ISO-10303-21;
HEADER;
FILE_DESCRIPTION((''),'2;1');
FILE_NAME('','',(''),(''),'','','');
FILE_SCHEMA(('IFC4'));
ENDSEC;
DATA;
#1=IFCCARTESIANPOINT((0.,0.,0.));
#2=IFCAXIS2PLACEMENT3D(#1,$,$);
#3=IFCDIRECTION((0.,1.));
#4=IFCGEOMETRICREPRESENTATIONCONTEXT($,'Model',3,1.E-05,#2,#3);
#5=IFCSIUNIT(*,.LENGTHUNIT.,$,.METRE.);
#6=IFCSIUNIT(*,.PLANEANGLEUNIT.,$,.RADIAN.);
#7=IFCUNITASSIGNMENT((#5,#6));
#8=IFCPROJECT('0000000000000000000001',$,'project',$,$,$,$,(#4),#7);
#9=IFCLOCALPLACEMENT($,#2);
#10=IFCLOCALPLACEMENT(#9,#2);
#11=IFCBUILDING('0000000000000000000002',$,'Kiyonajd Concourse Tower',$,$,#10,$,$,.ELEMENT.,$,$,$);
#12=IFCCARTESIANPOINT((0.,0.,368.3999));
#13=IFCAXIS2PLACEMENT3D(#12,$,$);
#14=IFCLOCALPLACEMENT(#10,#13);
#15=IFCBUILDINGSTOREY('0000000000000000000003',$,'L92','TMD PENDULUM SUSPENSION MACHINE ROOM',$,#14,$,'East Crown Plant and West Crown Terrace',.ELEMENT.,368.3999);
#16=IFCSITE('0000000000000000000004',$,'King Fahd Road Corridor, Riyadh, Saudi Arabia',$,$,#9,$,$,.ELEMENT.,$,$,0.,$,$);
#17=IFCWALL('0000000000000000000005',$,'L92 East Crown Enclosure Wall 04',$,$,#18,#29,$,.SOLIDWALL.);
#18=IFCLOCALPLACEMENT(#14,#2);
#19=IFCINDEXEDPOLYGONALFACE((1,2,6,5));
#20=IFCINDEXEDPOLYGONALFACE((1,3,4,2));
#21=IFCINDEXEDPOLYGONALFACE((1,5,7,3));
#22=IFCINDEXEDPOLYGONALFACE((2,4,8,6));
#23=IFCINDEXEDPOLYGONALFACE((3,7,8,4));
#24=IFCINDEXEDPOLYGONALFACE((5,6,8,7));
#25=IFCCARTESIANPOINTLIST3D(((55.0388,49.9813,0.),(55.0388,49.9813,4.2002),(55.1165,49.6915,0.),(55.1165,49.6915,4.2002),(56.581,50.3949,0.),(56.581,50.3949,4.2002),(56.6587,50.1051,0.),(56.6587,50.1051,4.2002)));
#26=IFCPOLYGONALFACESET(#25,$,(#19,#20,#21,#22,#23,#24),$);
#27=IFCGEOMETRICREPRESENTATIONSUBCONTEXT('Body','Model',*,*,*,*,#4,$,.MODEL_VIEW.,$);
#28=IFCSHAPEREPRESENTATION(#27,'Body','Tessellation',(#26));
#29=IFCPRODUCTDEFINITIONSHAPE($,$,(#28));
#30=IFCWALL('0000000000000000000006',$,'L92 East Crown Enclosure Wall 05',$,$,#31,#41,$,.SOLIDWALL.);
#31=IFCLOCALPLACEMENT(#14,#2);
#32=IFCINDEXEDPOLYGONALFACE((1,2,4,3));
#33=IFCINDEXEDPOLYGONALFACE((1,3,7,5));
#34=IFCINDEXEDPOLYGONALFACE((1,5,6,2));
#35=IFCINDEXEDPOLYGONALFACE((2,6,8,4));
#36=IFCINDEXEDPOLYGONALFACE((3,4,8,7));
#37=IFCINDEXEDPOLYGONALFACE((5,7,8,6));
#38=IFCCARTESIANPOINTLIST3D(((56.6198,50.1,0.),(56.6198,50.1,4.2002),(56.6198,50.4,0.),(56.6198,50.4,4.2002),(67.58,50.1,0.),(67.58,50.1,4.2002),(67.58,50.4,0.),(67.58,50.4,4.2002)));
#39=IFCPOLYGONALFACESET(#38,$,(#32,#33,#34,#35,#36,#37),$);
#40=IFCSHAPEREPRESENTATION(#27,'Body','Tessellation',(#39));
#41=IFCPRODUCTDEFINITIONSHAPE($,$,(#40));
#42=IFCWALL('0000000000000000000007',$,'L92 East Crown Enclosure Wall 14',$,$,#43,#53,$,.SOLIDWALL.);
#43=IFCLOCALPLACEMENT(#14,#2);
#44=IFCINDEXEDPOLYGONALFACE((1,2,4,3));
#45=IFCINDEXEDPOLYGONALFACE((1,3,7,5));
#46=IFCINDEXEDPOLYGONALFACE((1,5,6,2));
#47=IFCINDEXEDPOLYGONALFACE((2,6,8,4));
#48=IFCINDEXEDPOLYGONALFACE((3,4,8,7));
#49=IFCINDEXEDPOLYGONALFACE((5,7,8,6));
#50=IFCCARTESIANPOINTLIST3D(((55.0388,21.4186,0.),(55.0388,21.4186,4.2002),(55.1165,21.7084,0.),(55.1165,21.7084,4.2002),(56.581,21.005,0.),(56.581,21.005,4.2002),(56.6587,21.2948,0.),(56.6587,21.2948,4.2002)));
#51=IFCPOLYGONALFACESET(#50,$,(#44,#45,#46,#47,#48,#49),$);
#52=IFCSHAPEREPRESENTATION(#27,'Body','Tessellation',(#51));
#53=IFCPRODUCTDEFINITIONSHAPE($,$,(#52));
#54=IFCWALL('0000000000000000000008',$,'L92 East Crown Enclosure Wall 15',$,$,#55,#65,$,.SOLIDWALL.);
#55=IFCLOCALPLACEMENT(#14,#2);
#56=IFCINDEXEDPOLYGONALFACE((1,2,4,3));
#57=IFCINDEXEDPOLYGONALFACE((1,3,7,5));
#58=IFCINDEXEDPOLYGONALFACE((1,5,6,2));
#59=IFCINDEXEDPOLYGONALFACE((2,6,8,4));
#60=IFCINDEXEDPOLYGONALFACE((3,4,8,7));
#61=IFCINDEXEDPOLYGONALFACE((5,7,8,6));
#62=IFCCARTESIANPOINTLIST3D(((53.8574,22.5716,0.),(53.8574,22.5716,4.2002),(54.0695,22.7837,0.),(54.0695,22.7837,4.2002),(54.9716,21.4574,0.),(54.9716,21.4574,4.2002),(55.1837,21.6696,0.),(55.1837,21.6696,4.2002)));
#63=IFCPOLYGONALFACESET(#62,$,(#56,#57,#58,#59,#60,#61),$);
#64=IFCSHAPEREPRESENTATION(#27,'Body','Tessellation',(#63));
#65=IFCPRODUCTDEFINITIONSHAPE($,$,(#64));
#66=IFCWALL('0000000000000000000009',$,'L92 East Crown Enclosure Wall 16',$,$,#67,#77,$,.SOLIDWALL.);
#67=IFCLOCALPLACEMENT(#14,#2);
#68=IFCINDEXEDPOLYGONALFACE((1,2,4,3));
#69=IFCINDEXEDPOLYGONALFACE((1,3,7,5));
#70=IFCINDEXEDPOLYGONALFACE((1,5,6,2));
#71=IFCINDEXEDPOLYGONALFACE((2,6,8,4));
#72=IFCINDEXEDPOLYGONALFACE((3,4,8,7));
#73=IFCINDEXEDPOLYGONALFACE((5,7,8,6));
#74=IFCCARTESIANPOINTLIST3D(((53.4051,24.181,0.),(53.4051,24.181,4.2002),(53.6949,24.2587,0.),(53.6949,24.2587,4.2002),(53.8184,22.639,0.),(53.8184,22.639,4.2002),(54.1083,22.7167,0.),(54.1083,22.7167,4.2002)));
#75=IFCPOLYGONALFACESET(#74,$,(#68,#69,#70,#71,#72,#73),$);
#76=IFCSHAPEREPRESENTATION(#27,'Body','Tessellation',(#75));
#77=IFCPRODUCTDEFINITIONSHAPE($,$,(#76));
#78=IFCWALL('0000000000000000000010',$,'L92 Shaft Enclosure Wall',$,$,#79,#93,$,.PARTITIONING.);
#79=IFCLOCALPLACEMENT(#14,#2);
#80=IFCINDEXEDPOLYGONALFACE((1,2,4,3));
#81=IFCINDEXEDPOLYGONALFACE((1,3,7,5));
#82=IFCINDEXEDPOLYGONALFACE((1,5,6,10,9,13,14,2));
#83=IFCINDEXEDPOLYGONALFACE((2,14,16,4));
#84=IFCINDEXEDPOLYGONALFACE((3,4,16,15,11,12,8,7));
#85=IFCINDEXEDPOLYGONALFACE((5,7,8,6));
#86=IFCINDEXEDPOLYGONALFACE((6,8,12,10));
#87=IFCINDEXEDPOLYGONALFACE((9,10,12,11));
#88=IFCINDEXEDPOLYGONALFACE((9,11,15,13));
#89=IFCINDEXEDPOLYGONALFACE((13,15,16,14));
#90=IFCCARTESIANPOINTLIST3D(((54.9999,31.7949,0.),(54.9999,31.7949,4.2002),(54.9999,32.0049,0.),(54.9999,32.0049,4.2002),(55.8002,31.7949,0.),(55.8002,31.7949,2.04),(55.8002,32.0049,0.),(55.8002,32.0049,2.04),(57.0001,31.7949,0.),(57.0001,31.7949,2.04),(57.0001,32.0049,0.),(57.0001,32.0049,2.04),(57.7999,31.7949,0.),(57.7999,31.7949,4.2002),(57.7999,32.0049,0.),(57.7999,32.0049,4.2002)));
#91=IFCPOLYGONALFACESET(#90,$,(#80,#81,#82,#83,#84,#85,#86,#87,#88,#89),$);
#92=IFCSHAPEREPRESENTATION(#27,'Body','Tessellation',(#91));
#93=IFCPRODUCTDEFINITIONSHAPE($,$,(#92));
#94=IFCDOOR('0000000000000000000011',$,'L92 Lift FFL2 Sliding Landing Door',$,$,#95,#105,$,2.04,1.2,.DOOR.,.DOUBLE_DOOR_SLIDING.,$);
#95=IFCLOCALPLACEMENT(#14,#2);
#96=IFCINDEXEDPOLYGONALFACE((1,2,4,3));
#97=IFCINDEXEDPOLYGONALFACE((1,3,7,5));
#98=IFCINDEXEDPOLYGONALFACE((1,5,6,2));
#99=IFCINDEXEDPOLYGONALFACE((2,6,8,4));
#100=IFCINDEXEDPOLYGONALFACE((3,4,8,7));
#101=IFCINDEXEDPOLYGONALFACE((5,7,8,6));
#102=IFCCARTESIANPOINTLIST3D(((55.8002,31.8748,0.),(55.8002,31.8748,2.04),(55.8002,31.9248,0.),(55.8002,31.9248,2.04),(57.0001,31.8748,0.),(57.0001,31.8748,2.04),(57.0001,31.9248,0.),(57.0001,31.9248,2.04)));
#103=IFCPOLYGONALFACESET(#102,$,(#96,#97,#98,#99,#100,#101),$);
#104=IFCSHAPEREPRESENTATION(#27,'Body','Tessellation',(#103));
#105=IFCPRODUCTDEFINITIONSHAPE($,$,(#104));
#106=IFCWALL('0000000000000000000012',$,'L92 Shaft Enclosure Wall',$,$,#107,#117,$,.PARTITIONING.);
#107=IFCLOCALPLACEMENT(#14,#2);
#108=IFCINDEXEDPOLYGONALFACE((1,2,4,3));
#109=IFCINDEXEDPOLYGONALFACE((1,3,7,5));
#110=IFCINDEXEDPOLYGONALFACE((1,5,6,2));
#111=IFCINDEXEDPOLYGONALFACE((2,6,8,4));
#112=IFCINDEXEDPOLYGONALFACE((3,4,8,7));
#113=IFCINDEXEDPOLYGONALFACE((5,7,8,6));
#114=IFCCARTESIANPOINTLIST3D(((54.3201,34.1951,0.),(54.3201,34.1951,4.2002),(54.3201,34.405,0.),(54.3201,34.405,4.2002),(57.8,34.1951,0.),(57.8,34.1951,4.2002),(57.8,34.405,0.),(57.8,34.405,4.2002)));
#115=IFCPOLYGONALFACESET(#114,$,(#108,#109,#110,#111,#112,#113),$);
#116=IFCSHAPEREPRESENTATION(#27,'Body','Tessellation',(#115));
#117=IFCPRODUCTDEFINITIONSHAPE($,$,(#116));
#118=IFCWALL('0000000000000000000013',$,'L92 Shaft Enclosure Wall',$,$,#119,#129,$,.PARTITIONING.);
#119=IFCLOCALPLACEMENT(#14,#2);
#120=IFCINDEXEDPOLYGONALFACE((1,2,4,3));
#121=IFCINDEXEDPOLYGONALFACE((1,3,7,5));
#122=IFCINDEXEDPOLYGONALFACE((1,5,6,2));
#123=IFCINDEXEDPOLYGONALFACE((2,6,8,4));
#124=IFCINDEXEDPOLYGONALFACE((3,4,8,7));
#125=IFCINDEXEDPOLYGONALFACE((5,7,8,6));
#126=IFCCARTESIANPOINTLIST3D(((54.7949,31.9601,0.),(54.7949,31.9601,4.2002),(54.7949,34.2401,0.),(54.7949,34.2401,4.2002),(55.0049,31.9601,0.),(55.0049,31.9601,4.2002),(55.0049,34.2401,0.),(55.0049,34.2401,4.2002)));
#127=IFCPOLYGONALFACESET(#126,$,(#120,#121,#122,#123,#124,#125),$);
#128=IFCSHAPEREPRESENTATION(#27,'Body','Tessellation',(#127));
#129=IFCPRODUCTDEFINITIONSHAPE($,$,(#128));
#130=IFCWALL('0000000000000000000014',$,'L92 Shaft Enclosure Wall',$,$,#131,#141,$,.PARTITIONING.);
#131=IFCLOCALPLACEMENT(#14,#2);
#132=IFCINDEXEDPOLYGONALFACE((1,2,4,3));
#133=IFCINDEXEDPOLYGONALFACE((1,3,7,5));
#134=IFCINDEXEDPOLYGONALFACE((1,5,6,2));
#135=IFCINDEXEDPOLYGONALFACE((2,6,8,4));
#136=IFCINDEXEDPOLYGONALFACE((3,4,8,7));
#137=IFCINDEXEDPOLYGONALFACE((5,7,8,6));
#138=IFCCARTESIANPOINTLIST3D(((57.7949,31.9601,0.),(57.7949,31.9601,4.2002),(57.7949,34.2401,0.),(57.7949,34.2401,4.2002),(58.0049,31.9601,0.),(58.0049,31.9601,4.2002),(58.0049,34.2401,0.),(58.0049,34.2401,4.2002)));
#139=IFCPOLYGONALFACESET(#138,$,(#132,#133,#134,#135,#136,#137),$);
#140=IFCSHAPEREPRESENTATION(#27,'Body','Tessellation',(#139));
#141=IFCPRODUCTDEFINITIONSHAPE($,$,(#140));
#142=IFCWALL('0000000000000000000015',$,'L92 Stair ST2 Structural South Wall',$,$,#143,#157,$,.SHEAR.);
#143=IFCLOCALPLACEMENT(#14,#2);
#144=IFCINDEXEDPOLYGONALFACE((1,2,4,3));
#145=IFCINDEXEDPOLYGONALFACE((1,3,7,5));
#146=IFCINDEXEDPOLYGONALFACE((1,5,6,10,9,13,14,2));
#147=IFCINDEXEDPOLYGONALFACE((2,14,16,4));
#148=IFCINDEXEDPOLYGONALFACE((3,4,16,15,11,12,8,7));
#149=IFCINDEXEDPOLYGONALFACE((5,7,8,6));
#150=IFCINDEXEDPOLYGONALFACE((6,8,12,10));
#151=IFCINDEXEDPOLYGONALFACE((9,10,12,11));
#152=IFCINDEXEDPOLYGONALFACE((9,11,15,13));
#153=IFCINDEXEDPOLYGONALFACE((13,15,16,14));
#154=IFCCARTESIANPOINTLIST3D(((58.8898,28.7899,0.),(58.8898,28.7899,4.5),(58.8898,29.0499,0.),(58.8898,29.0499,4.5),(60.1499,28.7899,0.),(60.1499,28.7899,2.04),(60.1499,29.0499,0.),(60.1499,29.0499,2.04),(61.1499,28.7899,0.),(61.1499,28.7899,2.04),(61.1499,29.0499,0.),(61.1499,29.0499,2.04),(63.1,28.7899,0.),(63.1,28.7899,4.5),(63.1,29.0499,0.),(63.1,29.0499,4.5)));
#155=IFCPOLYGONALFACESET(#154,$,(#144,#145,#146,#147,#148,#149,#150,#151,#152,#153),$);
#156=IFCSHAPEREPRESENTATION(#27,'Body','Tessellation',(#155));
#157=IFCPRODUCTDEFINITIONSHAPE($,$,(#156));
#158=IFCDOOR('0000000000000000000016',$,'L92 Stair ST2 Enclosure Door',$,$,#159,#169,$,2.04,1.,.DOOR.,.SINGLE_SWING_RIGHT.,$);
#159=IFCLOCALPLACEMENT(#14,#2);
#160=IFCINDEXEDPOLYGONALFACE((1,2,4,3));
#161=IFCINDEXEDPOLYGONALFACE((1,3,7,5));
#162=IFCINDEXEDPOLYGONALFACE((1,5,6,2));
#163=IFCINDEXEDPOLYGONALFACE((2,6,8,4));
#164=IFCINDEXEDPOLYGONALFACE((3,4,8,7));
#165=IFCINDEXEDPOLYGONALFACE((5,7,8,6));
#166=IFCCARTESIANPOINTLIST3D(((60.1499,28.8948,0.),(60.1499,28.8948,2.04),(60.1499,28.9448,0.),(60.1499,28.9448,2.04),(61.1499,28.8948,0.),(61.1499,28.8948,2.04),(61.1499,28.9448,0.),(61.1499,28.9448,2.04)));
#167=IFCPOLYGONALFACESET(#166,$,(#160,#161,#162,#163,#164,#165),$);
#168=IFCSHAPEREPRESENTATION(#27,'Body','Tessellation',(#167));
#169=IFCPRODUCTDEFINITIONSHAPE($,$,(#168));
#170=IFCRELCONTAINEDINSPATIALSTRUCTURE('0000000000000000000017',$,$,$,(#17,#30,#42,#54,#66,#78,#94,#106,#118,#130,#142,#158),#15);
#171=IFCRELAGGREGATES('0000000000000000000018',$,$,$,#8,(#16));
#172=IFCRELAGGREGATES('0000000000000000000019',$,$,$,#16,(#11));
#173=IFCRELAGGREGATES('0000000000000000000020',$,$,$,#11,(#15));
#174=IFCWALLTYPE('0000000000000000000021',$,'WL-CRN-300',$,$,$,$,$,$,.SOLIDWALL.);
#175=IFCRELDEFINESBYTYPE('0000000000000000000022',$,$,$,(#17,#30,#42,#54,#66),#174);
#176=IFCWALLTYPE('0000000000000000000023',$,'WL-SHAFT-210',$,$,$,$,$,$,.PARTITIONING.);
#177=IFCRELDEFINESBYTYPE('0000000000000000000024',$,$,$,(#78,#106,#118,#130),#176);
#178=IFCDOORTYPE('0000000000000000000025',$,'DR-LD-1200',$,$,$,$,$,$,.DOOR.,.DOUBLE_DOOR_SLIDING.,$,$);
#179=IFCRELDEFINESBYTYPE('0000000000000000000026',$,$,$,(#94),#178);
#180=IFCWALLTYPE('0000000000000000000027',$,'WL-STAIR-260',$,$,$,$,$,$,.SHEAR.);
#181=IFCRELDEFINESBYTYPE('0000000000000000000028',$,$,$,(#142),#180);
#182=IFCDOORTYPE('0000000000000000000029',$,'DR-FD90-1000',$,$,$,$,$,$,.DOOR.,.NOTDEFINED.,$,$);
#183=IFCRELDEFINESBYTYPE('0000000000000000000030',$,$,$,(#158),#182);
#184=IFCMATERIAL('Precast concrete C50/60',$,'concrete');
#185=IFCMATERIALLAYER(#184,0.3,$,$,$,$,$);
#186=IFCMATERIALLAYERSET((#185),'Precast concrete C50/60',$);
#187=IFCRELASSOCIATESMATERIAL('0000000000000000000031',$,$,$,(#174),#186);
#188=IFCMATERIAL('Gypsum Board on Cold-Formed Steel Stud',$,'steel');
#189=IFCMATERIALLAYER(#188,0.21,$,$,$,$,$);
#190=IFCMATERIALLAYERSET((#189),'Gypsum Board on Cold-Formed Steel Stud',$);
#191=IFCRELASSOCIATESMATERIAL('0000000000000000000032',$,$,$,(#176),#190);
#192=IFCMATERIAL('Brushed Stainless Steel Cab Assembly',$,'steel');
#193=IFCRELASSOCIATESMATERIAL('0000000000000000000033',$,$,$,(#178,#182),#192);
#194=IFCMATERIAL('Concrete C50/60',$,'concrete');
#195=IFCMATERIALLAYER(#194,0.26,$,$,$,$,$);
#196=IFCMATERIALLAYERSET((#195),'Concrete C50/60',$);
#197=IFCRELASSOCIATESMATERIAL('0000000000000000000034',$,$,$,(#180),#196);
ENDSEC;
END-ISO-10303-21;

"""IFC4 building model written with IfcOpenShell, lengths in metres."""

from ifc_helpers import new_model, si_unit, direction, frame, frame_2d, origin, place, context, subcontext, project, spatial, rectangle, extrude, material, layer, layer_set, type_object, element, fill, save


model = new_model("IFC4")

# Units and contexts
model_context = context("Model", 3, precision=1e-05, world=origin(), true_north=direction((0.0, 1.0)))
body_context = subcontext(model_context, "Body", "Model", "MODEL_VIEW")
ifc_project = project(units=[si_unit("LENGTHUNIT", "METRE"), si_unit("PLANEANGLEUNIT", "RADIAN")], contexts=[model_context])

# Site, building, storey
site_placement = place(None, origin())
site = spatial("IfcSite", under=ifc_project, at=site_placement, Name="King Fahd Road Corridor, Riyadh, Saudi Arabia", CompositionType="ELEMENT", RefElevation=0.0)
building_placement = place(site_placement, origin())
building = spatial("IfcBuilding", under=site, at=building_placement, Name="Kiyonajd Concourse Tower", CompositionType="ELEMENT")
storey_placement = place(building_placement, frame((0.0, 0.0, 368.3999)))
storey = spatial("IfcBuildingStorey", under=building, at=storey_placement, Name="L92", Description="TMD PENDULUM SUSPENSION MACHINE ROOM", LongName="East Crown Plant and West Crown Terrace", CompositionType="ELEMENT", Elevation=368.3999)

# Shared definitions
ifc_material_1 = material(Name="Concrete C50/60", Category="concrete")

# Walls
ifc_material_2 = material(Name="Precast concrete C50/60", Category="concrete")
ifc_layer_1 = layer(ifc_material_2, 0.3)
ifc_layer_set_1 = layer_set([ifc_layer_1], Name="Precast concrete C50/60")
wall_type_1 = type_object("IfcWallType", Name="WL-CRN-300", PredefinedType="SOLIDWALL", material=ifc_layer_set_1)
wall_1_placement = place(storey_placement, frame((55.0776, 49.8364, 0.0), z_axis=(0.0, 0.0, 1.0), x_axis=(0.965874, 0.259014, 0.0)))
element("IfcWall", 1, at=wall_1_placement, inside=storey, type_object=wall_type_1, Name="L92 East Crown Enclosure Wall 04", PredefinedType="SOLIDWALL", context=body_context, shape_type="SweptSolid", body=[
    extrude(rectangle(XDim=1.5967, YDim=0.3, at=frame_2d((0.7983, 0.0))), origin(), (0.0, 0.0, 1.0), 4.2002),
])
wall_2_placement = place(storey_placement, frame((56.6199, 50.25, 0.0), z_axis=(0.0, 0.0, 1.0), x_axis=(1.0, 0.0, 0.0)))
element("IfcWall", 2, at=wall_2_placement, inside=storey, type_object=wall_type_1, Name="L92 East Crown Enclosure Wall 05", PredefinedType="SOLIDWALL", context=body_context, shape_type="SweptSolid", body=[
    extrude(rectangle(XDim=10.9602, YDim=0.3, at=frame_2d((5.48, 0.0))), origin(), (0.0, 0.0, 1.0), 4.2002),
])
wall_3_placement = place(storey_placement, frame((56.6199, 21.1499, 0.0), z_axis=(0.0, 0.0, 1.0), x_axis=(-0.965874, 0.259014, 0.0)))
element("IfcWall", 3, at=wall_3_placement, inside=storey, type_object=wall_type_1, Name="L92 East Crown Enclosure Wall 14", PredefinedType="SOLIDWALL", context=body_context, shape_type="SweptSolid", body=[
    extrude(rectangle(XDim=1.5967, YDim=0.3, at=frame_2d((0.7983, 0.0))), origin(), (0.0, 0.0, 1.0), 4.2002),
])
wall_4_placement = place(storey_placement, frame((55.0776, 21.5635, 0.0), z_axis=(0.0, 0.0, 1.0), x_axis=(-0.707107, 0.707107, 0.0)))
element("IfcWall", 4, at=wall_4_placement, inside=storey, type_object=wall_type_1, Name="L92 East Crown Enclosure Wall 15", PredefinedType="SOLIDWALL", context=body_context, shape_type="SweptSolid", body=[
    extrude(rectangle(XDim=1.5757, YDim=0.3, at=frame_2d((0.7878, 0.0))), origin(), (0.0, 0.0, 1.0), 4.2002),
])
wall_5_placement = place(storey_placement, frame((53.9634, 22.6777, 0.0), z_axis=(0.0, 0.0, 1.0), x_axis=(-0.258909, 0.965902, 0.0)))
element("IfcWall", 5, at=wall_5_placement, inside=storey, type_object=wall_type_1, Name="L92 East Crown Enclosure Wall 16", PredefinedType="SOLIDWALL", context=body_context, shape_type="SweptSolid", body=[
    extrude(rectangle(XDim=1.5964, YDim=0.3, at=frame_2d((0.7983, 0.0))), origin(), (0.0, 0.0, 1.0), 4.2002),
])

# Wall, opening, door
ifc_material_3 = material(Name="Gypsum Board on Cold-Formed Steel Stud", Category="steel")
ifc_layer_2 = layer(ifc_material_3, 0.21)
ifc_layer_set_2 = layer_set([ifc_layer_2], Name="Gypsum Board on Cold-Formed Steel Stud")
wall_type_2 = type_object("IfcWallType", Name="WL-SHAFT-210", PredefinedType="PARTITIONING", material=ifc_layer_set_2)
wall_6_placement = place(storey_placement, frame((55.0, 31.8999, 0.0), z_axis=(0.0, 0.0, 1.0), x_axis=(1.0, 0.0, 0.0)))
wall_6 = element("IfcWall", 6, at=wall_6_placement, inside=storey, type_object=wall_type_2, Name="L92 Shaft Enclosure Wall", PredefinedType="PARTITIONING", context=body_context, shape_type="SweptSolid", body=[
    extrude(rectangle(XDim=2.8, YDim=0.21, at=frame_2d((1.3999, 0.0))), origin(), (0.0, 0.0, 1.0), 4.2002),
])
opening_1_placement = place(wall_6_placement, frame((0.8, 0.0, 0.0)))
opening_1 = element("IfcOpeningElement", 7, at=opening_1_placement, cuts=wall_6, PredefinedType="OPENING", context=body_context, shape_type="SweptSolid", body=[
    extrude(rectangle(XDim=1.2, YDim=2.04, at=frame_2d((0.6001, 1.02))), frame((0.0, 0.115, 0.0), z_axis=(0.0, -1.0, 0.0), x_axis=(1.0, 0.0, 0.0)), (0.0, 0.0, 1.0), 0.23),
])
ifc_material_4 = material(Name="Brushed Stainless Steel Cab Assembly", Category="steel")
door_type_1 = type_object("IfcDoorType", Name="DR-LD-1200", OperationType="DOUBLE_DOOR_SLIDING", PredefinedType="DOOR", material=ifc_material_4)
door_1_placement = place(opening_1_placement, origin())
door_1 = element("IfcDoor", 8, at=door_1_placement, inside=storey, type_object=door_type_1, Name="L92 Lift FFL2 Sliding Landing Door", OperationType="DOUBLE_DOOR_SLIDING", OverallHeight=2.04, OverallWidth=1.2, PredefinedType="DOOR", context=body_context, shape_type="SweptSolid", body=[
    extrude(rectangle(XDim=1.2, YDim=2.04, at=frame_2d((0.6001, 1.02))), frame((0.0, 0.0249, 0.0), z_axis=(0.0, -1.0, 0.0), x_axis=(1.0, 0.0, 0.0)), (0.0, 0.0, 1.0), 0.05),
])
fill(opening_1, door_1)

# Walls
wall_7_placement = place(storey_placement, frame((54.3201, 34.3, 0.0), z_axis=(0.0, 0.0, 1.0), x_axis=(1.0, 0.0, 0.0)))
element("IfcWall", 9, at=wall_7_placement, inside=storey, type_object=wall_type_2, Name="L92 Shaft Enclosure Wall", PredefinedType="PARTITIONING", context=body_context, shape_type="SweptSolid", body=[
    extrude(rectangle(XDim=3.48, YDim=0.21, at=frame_2d((1.74, 0.0))), origin(), (0.0, 0.0, 1.0), 4.2002),
])
for number, where, z_axis, x_axis, name in (
    (10, (54.8999, 31.96, 0.0), (0.0, 0.0, 1.0), (0.0, 1.0, 0.0), "L92 Shaft Enclosure Wall"),
    (11, (57.8999, 31.96, 0.0), (0.0, 0.0, 1.0), (0.0, 1.0, 0.0), "L92 Shaft Enclosure Wall"),
):
    element("IfcWall", number, at=place(storey_placement, frame(where, z_axis=z_axis, x_axis=x_axis)), inside=storey, type_object=wall_type_2, Name=name, PredefinedType="PARTITIONING", context=body_context, shape_type="SweptSolid", body=[
        extrude(rectangle(XDim=2.28, YDim=0.21, at=frame_2d((1.1401, 0.0))), origin(), (0.0, 0.0, 1.0), 4.2002),
    ])

# Wall, opening, door
ifc_layer_3 = layer(ifc_material_1, 0.26)
ifc_layer_set_3 = layer_set([ifc_layer_3], Name="Concrete C50/60")
wall_type_3 = type_object("IfcWallType", Name="WL-STAIR-260", PredefinedType="SHEAR", material=ifc_layer_set_3)
wall_8_placement = place(storey_placement, frame((58.8899, 28.9199, 0.0), z_axis=(0.0, 0.0, 1.0), x_axis=(1.0, 0.0, 0.0)))
wall_8 = element("IfcWall", 12, at=wall_8_placement, inside=storey, type_object=wall_type_3, Name="L92 Stair ST2 Structural South Wall", PredefinedType="SHEAR", context=body_context, shape_type="SweptSolid", body=[
    extrude(rectangle(XDim=4.2102, YDim=0.26, at=frame_2d((2.105, 0.0))), origin(), (0.0, 0.0, 1.0), 4.5),
])
opening_2_placement = place(wall_8_placement, frame((1.26, 0.0, 0.0)))
opening_2 = element("IfcOpeningElement", 13, at=opening_2_placement, cuts=wall_8, PredefinedType="OPENING", context=body_context, shape_type="SweptSolid", body=[
    extrude(rectangle(XDim=1.0, YDim=2.04, at=frame_2d((0.5, 1.02))), frame((0.0, 0.1399, 0.0), z_axis=(0.0, -1.0, 0.0), x_axis=(1.0, 0.0, 0.0)), (0.0, 0.0, 1.0), 0.28),
])
door_type_2 = type_object("IfcDoorType", Name="DR-FD90-1000", OperationType="NOTDEFINED", PredefinedType="DOOR", material=ifc_material_4)
door_2_placement = place(opening_2_placement, origin())
door_2 = element("IfcDoor", 14, at=door_2_placement, inside=storey, type_object=door_type_2, Name="L92 Stair ST2 Enclosure Door", OperationType="SINGLE_SWING_RIGHT", OverallHeight=2.04, OverallWidth=1.0, PredefinedType="DOOR", context=body_context, shape_type="SweptSolid", body=[
    extrude(rectangle(XDim=1.0, YDim=2.04, at=frame_2d((0.5, 1.02))), frame((0.0, 0.0249, 0.0), z_axis=(0.0, -1.0, 0.0), x_axis=(1.0, 0.0, 0.0)), (0.0, 0.0, 1.0), 0.05),
])
fill(opening_2, door_2)

save(model, "model.ifc")
